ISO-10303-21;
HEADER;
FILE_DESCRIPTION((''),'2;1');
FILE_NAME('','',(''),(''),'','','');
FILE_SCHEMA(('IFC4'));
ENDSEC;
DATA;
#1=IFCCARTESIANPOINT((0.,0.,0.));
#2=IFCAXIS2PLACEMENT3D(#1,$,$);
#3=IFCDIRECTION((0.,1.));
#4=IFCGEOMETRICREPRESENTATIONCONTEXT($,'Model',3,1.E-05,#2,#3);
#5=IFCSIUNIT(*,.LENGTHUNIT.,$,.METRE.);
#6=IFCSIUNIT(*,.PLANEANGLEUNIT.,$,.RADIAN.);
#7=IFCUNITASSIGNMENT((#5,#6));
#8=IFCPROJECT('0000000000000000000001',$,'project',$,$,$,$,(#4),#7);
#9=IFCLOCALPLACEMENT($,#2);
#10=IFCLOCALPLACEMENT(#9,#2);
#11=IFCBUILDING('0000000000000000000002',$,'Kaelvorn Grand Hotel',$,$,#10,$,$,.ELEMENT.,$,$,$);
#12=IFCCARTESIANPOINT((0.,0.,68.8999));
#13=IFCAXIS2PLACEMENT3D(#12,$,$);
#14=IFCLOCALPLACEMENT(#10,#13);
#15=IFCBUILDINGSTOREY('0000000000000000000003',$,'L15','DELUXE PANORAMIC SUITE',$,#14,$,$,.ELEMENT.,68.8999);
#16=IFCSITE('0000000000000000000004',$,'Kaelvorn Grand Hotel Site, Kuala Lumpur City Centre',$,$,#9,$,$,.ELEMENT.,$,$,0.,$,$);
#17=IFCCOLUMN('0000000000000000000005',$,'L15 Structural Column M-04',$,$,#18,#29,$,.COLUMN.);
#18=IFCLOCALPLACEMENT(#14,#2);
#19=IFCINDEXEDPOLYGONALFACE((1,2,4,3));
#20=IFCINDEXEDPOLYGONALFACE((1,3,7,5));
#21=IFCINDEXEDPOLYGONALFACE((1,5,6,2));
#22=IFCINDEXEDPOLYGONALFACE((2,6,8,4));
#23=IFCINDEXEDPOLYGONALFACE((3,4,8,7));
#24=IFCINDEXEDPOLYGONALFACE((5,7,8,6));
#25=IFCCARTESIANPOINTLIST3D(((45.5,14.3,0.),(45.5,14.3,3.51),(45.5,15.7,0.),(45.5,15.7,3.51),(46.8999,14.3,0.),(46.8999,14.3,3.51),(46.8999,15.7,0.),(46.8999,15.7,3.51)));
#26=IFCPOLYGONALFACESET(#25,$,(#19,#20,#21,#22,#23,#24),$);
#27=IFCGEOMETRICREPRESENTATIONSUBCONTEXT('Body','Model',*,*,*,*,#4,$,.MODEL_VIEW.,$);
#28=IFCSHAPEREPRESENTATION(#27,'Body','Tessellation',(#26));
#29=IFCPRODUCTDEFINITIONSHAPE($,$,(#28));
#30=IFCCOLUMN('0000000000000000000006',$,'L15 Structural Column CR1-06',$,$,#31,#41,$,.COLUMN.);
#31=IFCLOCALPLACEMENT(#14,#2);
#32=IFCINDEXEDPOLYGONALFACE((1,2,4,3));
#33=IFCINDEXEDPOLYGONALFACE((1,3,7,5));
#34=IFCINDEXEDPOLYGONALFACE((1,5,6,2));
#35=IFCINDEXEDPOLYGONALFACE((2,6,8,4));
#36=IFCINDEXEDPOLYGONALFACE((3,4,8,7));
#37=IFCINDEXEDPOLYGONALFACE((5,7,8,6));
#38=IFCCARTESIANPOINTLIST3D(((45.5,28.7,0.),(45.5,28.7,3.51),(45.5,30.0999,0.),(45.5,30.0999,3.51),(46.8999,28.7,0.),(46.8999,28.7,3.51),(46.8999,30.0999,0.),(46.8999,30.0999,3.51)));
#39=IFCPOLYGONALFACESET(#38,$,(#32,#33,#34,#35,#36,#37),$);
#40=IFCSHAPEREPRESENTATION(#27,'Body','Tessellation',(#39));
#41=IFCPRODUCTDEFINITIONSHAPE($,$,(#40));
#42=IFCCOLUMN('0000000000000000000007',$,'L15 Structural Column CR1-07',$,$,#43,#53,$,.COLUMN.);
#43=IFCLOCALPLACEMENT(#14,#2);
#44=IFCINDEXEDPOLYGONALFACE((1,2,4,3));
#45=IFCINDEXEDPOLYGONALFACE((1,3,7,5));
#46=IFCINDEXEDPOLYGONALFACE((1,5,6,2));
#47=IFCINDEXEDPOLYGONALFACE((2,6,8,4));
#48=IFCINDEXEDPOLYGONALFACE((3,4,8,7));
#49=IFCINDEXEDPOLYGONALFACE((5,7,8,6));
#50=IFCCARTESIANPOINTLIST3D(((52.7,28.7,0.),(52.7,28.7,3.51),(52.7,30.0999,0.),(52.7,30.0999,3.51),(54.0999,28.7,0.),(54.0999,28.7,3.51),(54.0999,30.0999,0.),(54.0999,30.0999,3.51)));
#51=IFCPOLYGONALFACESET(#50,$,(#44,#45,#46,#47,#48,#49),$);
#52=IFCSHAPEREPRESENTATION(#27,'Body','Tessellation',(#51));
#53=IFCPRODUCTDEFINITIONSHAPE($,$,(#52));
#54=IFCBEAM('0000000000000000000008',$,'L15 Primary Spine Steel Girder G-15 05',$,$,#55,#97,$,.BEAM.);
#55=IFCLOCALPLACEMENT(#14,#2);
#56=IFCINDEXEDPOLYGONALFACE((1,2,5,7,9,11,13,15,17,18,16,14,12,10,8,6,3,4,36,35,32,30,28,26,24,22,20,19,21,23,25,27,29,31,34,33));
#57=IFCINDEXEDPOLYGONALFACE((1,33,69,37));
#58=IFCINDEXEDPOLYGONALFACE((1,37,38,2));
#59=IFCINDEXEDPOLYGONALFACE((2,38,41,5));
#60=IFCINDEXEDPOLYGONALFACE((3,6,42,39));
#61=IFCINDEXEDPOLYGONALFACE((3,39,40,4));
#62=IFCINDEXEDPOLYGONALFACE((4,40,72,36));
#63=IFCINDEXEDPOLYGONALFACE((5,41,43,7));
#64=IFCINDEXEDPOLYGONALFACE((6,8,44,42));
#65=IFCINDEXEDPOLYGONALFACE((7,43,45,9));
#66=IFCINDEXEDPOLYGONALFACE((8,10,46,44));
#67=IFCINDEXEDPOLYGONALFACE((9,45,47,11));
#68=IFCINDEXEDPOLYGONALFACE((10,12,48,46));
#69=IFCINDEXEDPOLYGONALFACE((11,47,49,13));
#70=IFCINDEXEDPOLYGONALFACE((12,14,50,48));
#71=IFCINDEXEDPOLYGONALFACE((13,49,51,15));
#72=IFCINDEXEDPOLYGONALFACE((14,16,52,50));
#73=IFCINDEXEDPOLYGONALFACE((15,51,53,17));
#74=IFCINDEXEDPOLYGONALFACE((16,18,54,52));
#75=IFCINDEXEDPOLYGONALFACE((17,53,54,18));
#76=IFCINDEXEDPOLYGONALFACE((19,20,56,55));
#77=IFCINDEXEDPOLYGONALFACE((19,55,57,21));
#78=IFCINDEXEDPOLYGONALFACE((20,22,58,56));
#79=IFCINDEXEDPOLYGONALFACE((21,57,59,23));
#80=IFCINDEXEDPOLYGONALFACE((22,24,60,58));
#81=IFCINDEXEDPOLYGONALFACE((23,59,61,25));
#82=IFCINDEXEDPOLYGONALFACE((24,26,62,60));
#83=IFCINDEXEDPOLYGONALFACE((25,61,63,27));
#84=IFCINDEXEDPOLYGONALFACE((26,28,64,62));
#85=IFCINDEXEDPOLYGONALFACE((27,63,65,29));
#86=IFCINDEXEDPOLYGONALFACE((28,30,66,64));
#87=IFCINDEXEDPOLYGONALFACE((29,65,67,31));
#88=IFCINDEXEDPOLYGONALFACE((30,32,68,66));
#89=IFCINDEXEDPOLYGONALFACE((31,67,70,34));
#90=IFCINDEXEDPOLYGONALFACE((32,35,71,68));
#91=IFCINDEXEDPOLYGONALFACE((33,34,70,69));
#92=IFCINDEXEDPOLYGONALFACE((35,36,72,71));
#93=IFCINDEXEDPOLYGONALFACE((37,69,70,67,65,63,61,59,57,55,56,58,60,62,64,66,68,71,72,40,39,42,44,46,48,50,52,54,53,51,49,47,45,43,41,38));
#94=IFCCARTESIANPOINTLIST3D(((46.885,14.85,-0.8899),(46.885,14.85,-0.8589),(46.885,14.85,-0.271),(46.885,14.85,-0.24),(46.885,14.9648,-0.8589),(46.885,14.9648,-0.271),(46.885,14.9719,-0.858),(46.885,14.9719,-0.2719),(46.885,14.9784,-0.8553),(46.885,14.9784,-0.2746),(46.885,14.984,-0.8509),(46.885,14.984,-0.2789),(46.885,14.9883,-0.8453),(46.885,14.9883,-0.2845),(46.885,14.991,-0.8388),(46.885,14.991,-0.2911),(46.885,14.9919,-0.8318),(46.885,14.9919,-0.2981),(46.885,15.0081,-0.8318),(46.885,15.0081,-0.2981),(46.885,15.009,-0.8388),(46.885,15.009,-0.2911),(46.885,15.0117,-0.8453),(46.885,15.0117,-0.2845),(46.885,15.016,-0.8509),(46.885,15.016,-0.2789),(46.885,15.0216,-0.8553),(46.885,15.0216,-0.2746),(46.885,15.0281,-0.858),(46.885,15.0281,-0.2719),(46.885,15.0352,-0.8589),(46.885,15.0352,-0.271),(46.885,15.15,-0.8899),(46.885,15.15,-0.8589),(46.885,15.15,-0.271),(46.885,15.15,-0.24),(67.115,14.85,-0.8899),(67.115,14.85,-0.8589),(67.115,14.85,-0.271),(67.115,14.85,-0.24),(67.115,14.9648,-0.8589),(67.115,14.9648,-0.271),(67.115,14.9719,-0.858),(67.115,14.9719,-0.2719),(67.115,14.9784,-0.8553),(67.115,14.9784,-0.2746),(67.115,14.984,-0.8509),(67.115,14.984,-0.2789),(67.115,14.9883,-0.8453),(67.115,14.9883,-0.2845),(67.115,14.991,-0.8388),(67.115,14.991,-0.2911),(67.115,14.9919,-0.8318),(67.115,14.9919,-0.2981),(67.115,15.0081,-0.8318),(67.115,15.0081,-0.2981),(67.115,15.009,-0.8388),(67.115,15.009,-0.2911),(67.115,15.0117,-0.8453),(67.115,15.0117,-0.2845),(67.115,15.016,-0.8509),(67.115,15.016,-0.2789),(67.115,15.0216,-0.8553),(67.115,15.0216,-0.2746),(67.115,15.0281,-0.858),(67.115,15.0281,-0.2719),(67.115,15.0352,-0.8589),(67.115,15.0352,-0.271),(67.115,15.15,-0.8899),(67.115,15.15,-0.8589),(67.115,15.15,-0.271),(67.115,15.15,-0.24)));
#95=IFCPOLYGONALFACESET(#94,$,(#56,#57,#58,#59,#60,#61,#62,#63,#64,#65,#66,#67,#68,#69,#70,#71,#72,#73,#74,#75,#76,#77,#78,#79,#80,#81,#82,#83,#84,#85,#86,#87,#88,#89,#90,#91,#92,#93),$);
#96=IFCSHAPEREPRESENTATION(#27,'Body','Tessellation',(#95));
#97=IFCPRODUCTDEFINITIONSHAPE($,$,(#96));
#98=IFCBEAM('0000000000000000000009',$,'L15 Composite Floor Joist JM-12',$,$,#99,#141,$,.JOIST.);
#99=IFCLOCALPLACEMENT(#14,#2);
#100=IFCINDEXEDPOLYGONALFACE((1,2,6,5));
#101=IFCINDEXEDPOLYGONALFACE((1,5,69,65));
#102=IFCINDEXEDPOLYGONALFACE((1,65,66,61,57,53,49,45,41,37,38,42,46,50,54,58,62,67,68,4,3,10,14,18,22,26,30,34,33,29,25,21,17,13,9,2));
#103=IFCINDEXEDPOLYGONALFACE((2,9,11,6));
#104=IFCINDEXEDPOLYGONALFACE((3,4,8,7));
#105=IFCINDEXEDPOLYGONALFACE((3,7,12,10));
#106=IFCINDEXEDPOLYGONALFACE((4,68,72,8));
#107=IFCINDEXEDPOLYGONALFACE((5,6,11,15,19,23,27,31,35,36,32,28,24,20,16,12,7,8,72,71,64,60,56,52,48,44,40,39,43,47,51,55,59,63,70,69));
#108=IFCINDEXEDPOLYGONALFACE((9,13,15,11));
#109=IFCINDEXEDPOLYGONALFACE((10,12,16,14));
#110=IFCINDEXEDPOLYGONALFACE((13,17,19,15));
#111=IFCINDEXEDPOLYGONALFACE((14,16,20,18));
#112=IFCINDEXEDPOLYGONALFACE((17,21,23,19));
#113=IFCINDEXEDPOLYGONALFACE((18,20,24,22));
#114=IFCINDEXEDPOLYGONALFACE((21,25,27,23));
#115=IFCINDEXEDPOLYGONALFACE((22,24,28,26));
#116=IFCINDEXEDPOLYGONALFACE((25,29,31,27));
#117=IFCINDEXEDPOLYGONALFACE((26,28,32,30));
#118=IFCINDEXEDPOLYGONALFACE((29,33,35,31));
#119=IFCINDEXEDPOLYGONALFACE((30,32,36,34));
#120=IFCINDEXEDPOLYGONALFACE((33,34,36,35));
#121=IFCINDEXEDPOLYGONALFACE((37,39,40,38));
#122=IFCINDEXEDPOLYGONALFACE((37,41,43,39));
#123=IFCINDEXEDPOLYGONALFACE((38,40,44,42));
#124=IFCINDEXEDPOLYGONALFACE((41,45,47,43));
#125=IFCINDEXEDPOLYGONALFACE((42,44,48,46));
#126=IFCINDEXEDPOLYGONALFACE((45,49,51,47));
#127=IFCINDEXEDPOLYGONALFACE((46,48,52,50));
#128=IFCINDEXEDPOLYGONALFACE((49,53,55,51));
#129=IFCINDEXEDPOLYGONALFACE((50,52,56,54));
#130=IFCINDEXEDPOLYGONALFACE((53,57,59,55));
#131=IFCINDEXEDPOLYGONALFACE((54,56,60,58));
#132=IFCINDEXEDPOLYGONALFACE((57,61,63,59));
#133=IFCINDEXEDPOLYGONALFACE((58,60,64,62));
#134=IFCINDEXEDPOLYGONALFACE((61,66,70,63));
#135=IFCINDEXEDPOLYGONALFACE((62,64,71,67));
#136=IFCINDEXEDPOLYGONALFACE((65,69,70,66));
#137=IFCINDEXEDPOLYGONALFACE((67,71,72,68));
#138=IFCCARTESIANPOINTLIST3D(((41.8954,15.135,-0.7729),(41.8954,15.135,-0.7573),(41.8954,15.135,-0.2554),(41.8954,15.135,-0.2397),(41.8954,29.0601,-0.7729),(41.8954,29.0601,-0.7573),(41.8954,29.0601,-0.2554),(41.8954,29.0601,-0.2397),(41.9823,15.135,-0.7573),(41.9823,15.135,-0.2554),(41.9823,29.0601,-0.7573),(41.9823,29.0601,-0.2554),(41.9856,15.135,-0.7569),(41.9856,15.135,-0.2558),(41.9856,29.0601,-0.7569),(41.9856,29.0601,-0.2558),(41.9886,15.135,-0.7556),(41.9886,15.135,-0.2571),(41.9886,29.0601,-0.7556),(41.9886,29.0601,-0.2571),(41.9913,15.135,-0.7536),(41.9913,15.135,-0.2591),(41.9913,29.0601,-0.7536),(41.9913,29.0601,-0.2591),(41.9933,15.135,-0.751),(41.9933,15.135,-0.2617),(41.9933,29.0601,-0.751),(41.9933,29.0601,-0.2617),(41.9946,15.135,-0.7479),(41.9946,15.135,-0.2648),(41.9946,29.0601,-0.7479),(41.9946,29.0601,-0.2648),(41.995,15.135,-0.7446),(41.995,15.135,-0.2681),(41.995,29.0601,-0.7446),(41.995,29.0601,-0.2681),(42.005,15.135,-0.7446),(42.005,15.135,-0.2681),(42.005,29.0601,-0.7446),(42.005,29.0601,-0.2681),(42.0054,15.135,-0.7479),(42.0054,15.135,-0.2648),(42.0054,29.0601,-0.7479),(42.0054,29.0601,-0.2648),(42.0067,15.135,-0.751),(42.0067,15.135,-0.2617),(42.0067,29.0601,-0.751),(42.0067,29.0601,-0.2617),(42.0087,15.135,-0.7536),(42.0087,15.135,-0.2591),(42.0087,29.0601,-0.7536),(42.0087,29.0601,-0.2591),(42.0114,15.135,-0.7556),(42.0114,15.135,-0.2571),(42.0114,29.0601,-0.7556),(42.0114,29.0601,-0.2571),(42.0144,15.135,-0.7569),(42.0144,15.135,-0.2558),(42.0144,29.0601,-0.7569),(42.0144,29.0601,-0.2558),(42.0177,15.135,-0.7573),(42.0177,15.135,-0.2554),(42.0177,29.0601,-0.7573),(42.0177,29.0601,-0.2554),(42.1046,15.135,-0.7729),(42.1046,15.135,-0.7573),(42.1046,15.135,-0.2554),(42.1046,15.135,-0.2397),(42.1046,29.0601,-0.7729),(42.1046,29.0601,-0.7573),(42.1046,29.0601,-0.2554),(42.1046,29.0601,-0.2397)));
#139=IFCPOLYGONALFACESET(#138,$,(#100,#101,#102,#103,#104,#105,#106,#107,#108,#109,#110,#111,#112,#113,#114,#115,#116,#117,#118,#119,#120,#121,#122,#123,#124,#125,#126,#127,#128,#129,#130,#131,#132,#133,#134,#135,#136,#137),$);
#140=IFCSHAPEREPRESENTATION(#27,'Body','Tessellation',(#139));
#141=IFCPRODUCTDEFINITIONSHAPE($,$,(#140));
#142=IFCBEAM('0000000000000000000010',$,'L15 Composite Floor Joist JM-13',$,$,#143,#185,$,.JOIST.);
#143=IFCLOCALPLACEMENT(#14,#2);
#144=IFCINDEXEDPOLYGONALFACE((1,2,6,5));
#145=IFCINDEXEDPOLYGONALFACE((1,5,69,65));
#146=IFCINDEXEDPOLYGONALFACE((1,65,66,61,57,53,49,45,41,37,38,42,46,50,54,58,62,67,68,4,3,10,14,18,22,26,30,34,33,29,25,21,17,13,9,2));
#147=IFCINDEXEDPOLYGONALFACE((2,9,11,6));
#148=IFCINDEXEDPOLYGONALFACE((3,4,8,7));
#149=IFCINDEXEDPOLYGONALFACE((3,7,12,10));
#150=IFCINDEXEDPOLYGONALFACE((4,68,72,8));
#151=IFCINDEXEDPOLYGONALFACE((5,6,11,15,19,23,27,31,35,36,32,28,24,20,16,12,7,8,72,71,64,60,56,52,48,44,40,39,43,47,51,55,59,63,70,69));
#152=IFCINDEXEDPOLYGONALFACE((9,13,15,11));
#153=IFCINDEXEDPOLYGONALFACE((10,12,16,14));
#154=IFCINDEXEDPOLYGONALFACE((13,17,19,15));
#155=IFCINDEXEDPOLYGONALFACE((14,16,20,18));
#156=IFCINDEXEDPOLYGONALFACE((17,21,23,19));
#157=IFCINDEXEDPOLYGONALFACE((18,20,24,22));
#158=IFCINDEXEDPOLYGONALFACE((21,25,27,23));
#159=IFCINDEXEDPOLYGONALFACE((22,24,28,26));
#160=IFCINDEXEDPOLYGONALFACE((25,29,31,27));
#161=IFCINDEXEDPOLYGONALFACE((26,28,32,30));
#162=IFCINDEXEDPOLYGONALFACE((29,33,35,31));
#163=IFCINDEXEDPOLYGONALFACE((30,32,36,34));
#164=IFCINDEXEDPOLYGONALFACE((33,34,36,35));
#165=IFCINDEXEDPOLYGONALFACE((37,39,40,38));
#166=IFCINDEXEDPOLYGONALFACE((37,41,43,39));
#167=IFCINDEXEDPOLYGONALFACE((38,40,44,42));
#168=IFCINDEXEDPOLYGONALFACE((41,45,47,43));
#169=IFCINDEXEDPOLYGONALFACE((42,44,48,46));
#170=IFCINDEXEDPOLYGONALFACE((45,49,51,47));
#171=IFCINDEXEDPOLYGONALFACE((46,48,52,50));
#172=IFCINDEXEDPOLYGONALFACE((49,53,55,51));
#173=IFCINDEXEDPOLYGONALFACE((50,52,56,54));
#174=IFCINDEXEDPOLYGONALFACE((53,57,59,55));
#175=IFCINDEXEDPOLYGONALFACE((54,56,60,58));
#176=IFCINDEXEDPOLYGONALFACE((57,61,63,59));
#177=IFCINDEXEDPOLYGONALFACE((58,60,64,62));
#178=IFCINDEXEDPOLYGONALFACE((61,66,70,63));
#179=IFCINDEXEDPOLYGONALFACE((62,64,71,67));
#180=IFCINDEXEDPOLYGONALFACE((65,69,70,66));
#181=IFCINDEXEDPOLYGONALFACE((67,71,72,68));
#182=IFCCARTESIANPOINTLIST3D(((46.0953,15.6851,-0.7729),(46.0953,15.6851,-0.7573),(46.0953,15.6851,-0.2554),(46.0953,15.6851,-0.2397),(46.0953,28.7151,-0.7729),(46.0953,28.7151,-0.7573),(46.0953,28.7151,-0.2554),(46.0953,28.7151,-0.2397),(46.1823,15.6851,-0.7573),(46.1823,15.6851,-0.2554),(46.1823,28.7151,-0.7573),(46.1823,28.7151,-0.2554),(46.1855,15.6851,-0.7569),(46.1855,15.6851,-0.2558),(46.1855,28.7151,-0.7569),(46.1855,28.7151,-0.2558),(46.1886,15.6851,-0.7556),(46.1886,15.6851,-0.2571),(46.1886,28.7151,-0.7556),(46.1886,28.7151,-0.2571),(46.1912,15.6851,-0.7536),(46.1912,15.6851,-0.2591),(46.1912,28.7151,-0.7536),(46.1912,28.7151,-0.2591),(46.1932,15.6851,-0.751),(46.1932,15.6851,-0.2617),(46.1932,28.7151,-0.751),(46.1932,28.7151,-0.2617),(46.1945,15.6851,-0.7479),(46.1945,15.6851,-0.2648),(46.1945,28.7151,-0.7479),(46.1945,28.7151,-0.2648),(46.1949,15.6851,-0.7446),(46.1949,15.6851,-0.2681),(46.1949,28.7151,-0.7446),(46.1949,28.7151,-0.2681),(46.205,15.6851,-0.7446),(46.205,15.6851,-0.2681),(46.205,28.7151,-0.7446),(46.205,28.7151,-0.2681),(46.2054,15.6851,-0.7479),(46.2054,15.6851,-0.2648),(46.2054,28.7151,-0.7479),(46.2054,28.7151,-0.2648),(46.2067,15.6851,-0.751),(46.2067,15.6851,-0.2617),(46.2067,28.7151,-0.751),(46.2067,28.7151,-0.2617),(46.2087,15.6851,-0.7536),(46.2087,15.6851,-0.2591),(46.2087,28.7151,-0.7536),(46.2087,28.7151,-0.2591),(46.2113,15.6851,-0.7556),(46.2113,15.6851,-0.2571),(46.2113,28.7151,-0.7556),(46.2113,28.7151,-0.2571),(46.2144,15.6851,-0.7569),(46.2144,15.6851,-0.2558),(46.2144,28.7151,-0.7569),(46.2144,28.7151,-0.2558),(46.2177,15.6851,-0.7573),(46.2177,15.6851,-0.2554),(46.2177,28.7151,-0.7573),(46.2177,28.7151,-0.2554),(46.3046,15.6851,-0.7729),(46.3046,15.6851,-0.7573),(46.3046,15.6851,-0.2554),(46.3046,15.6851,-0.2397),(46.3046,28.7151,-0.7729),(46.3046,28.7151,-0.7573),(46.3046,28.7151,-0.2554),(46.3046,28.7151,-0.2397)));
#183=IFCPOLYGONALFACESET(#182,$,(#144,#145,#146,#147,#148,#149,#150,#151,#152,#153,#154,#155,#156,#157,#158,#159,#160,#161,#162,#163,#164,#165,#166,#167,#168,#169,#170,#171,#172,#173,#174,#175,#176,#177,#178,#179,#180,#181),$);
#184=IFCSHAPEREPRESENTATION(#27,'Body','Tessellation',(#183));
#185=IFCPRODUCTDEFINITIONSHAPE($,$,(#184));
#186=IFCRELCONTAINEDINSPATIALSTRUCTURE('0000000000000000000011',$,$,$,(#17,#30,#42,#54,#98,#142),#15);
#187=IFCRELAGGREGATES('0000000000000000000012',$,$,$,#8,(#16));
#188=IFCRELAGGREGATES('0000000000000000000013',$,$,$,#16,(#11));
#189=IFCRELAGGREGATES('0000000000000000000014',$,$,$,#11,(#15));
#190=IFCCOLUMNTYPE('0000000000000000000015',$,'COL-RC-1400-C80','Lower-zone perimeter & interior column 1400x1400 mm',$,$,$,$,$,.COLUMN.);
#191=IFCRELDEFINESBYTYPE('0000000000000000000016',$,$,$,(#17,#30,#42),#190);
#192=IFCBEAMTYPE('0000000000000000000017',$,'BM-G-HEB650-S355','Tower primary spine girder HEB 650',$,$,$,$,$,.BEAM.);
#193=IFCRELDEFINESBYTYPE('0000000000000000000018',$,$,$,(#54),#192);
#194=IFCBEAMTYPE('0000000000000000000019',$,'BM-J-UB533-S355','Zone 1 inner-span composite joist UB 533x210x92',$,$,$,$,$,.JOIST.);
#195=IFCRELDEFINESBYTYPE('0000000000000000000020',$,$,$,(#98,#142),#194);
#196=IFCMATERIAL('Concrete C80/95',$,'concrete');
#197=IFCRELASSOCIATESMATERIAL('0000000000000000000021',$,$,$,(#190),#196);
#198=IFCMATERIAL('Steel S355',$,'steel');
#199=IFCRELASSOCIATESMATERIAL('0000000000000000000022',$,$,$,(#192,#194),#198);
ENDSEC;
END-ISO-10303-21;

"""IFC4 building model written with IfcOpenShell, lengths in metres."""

from ifc_helpers import new_model, si_unit, direction, frame, origin, origin_2d, place, context, subcontext, project, spatial, rectangle, i_section, extrude, material, material_profile, profile_set, type_object, element, save


model = new_model("IFC4")

# Units and contexts
model_context = context("Model", 3, precision=1e-05, world=origin(), true_north=direction((0.0, 1.0)))
body_context = subcontext(model_context, "Body", "Model", "MODEL_VIEW")
ifc_project = project(units=[si_unit("LENGTHUNIT", "METRE"), si_unit("PLANEANGLEUNIT", "RADIAN")], contexts=[model_context])

# Site, building, storey
site_placement = place(None, origin())
site = spatial("IfcSite", under=ifc_project, at=site_placement, Name="Kaelvorn Grand Hotel Site, Kuala Lumpur City Centre", CompositionType="ELEMENT", RefElevation=0.0)
building_placement = place(site_placement, origin())
building = spatial("IfcBuilding", under=site, at=building_placement, Name="Kaelvorn Grand Hotel", CompositionType="ELEMENT")
storey_placement = place(building_placement, frame((0.0, 0.0, 68.8999)))
storey = spatial("IfcBuildingStorey", under=building, at=storey_placement, Name="L15", Description="DELUXE PANORAMIC SUITE", CompositionType="ELEMENT", Elevation=68.8999)

# Columns
ifc_material_1 = material(Name="Concrete C80/95", Category="concrete")
ifc_material_profile_1 = material_profile(ifc_material_1, rectangle(XDim=1.3999, YDim=1.3999, at=origin_2d()), Name="RC COL 1400x1400")
ifc_profile_set_1 = profile_set([ifc_material_profile_1], Name="Concrete C80/95")
column_type = type_object("IfcColumnType", Name="COL-RC-1400-C80", Description="Lower-zone perimeter & interior column 1400x1400 mm", PredefinedType="COLUMN", material=ifc_profile_set_1)
for number, where, z_axis, x_axis, name in (
    (1, (46.2, 15.0, 0.0), (0.0, 0.0, 1.0), (1.0, 0.0, 0.0), "L15 Structural Column M-04"),
    (2, (46.2, 29.3999, 0.0), (0.0, 0.0, 1.0), (1.0, 0.0, 0.0), "L15 Structural Column CR1-06"),
    (3, (53.3999, 29.3999, 0.0), (0.0, 0.0, 1.0), (1.0, 0.0, 0.0), "L15 Structural Column CR1-07"),
):
    element("IfcColumn", number, at=place(storey_placement, frame(where, z_axis=z_axis, x_axis=x_axis)), inside=storey, type_object=column_type, Name=name, PredefinedType="COLUMN", context=body_context, shape_type="SweptSolid", body=[
        extrude(rectangle(XDim=1.3999, YDim=1.3999, at=origin_2d()), origin(), (0.0, 0.0, 1.0), 3.51),
    ])

# Beams
ifc_material_2 = material(Name="Steel S355", Category="steel")
ifc_material_profile_2 = material_profile(ifc_material_2, i_section(OverallWidth=0.3, OverallDepth=0.6499, WebThickness=0.0161, FlangeThickness=0.031, FilletRadius=0.0271, at=origin_2d()), Name="HEB 650")
ifc_profile_set_2 = profile_set([ifc_material_profile_2], Name="Steel S355")
beam_type_1 = type_object("IfcBeamType", Name="BM-G-HEB650-S355", Description="Tower primary spine girder HEB 650", PredefinedType="BEAM", material=ifc_profile_set_2)
beam_1_placement = place(storey_placement, frame((46.885, 15.0, -0.5649), z_axis=(1.0, 0.0, 0.0), x_axis=(0.0, 1.0, 0.0)))
element("IfcBeam", 4, at=beam_1_placement, inside=storey, type_object=beam_type_1, Name="L15 Primary Spine Steel Girder G-15 05", PredefinedType="BEAM", context=body_context, shape_type="SweptSolid", body=[
    extrude(i_section(OverallWidth=0.3, OverallDepth=0.6499, WebThickness=0.0161, FlangeThickness=0.031, FilletRadius=0.0271, at=origin_2d()), origin(), (0.0, 0.0, 1.0), 20.23),
])
ifc_material_profile_3 = material_profile(ifc_material_2, i_section(OverallWidth=0.2092, OverallDepth=0.5332, WebThickness=0.01, FlangeThickness=0.0156, FilletRadius=0.0127, at=origin_2d()), Name="UB 533x210x92")
ifc_profile_set_3 = profile_set([ifc_material_profile_3], Name="Steel S355")
beam_type_2 = type_object("IfcBeamType", Name="BM-J-UB533-S355", Description="Zone 1 inner-span composite joist UB 533x210x92", PredefinedType="JOIST", material=ifc_profile_set_3)
beam_2_placement = place(storey_placement, frame((42.0, 15.135, -0.5063), z_axis=(0.0, 1.0, 0.0), x_axis=(-1.0, 0.0, 0.0)))
element("IfcBeam", 5, at=beam_2_placement, inside=storey, type_object=beam_type_2, Name="L15 Composite Floor Joist JM-12", PredefinedType="JOIST", context=body_context, shape_type="SweptSolid", body=[
    extrude(i_section(OverallWidth=0.2092, OverallDepth=0.5332, WebThickness=0.01, FlangeThickness=0.0156, FilletRadius=0.0127, at=origin_2d()), origin(), (0.0, 0.0, 1.0), 13.925),
])
beam_3_placement = place(storey_placement, frame((46.2, 15.6851, -0.5063), z_axis=(0.0, 1.0, 0.0), x_axis=(-1.0, 0.0, 0.0)))
element("IfcBeam", 6, at=beam_3_placement, inside=storey, type_object=beam_type_2, Name="L15 Composite Floor Joist JM-13", PredefinedType="JOIST", context=body_context, shape_type="SweptSolid", body=[
    extrude(i_section(OverallWidth=0.2092, OverallDepth=0.5332, WebThickness=0.01, FlangeThickness=0.0156, FilletRadius=0.0127, at=origin_2d()), origin(), (0.0, 0.0, 1.0), 13.03),
])

save(model, "model.ifc")
